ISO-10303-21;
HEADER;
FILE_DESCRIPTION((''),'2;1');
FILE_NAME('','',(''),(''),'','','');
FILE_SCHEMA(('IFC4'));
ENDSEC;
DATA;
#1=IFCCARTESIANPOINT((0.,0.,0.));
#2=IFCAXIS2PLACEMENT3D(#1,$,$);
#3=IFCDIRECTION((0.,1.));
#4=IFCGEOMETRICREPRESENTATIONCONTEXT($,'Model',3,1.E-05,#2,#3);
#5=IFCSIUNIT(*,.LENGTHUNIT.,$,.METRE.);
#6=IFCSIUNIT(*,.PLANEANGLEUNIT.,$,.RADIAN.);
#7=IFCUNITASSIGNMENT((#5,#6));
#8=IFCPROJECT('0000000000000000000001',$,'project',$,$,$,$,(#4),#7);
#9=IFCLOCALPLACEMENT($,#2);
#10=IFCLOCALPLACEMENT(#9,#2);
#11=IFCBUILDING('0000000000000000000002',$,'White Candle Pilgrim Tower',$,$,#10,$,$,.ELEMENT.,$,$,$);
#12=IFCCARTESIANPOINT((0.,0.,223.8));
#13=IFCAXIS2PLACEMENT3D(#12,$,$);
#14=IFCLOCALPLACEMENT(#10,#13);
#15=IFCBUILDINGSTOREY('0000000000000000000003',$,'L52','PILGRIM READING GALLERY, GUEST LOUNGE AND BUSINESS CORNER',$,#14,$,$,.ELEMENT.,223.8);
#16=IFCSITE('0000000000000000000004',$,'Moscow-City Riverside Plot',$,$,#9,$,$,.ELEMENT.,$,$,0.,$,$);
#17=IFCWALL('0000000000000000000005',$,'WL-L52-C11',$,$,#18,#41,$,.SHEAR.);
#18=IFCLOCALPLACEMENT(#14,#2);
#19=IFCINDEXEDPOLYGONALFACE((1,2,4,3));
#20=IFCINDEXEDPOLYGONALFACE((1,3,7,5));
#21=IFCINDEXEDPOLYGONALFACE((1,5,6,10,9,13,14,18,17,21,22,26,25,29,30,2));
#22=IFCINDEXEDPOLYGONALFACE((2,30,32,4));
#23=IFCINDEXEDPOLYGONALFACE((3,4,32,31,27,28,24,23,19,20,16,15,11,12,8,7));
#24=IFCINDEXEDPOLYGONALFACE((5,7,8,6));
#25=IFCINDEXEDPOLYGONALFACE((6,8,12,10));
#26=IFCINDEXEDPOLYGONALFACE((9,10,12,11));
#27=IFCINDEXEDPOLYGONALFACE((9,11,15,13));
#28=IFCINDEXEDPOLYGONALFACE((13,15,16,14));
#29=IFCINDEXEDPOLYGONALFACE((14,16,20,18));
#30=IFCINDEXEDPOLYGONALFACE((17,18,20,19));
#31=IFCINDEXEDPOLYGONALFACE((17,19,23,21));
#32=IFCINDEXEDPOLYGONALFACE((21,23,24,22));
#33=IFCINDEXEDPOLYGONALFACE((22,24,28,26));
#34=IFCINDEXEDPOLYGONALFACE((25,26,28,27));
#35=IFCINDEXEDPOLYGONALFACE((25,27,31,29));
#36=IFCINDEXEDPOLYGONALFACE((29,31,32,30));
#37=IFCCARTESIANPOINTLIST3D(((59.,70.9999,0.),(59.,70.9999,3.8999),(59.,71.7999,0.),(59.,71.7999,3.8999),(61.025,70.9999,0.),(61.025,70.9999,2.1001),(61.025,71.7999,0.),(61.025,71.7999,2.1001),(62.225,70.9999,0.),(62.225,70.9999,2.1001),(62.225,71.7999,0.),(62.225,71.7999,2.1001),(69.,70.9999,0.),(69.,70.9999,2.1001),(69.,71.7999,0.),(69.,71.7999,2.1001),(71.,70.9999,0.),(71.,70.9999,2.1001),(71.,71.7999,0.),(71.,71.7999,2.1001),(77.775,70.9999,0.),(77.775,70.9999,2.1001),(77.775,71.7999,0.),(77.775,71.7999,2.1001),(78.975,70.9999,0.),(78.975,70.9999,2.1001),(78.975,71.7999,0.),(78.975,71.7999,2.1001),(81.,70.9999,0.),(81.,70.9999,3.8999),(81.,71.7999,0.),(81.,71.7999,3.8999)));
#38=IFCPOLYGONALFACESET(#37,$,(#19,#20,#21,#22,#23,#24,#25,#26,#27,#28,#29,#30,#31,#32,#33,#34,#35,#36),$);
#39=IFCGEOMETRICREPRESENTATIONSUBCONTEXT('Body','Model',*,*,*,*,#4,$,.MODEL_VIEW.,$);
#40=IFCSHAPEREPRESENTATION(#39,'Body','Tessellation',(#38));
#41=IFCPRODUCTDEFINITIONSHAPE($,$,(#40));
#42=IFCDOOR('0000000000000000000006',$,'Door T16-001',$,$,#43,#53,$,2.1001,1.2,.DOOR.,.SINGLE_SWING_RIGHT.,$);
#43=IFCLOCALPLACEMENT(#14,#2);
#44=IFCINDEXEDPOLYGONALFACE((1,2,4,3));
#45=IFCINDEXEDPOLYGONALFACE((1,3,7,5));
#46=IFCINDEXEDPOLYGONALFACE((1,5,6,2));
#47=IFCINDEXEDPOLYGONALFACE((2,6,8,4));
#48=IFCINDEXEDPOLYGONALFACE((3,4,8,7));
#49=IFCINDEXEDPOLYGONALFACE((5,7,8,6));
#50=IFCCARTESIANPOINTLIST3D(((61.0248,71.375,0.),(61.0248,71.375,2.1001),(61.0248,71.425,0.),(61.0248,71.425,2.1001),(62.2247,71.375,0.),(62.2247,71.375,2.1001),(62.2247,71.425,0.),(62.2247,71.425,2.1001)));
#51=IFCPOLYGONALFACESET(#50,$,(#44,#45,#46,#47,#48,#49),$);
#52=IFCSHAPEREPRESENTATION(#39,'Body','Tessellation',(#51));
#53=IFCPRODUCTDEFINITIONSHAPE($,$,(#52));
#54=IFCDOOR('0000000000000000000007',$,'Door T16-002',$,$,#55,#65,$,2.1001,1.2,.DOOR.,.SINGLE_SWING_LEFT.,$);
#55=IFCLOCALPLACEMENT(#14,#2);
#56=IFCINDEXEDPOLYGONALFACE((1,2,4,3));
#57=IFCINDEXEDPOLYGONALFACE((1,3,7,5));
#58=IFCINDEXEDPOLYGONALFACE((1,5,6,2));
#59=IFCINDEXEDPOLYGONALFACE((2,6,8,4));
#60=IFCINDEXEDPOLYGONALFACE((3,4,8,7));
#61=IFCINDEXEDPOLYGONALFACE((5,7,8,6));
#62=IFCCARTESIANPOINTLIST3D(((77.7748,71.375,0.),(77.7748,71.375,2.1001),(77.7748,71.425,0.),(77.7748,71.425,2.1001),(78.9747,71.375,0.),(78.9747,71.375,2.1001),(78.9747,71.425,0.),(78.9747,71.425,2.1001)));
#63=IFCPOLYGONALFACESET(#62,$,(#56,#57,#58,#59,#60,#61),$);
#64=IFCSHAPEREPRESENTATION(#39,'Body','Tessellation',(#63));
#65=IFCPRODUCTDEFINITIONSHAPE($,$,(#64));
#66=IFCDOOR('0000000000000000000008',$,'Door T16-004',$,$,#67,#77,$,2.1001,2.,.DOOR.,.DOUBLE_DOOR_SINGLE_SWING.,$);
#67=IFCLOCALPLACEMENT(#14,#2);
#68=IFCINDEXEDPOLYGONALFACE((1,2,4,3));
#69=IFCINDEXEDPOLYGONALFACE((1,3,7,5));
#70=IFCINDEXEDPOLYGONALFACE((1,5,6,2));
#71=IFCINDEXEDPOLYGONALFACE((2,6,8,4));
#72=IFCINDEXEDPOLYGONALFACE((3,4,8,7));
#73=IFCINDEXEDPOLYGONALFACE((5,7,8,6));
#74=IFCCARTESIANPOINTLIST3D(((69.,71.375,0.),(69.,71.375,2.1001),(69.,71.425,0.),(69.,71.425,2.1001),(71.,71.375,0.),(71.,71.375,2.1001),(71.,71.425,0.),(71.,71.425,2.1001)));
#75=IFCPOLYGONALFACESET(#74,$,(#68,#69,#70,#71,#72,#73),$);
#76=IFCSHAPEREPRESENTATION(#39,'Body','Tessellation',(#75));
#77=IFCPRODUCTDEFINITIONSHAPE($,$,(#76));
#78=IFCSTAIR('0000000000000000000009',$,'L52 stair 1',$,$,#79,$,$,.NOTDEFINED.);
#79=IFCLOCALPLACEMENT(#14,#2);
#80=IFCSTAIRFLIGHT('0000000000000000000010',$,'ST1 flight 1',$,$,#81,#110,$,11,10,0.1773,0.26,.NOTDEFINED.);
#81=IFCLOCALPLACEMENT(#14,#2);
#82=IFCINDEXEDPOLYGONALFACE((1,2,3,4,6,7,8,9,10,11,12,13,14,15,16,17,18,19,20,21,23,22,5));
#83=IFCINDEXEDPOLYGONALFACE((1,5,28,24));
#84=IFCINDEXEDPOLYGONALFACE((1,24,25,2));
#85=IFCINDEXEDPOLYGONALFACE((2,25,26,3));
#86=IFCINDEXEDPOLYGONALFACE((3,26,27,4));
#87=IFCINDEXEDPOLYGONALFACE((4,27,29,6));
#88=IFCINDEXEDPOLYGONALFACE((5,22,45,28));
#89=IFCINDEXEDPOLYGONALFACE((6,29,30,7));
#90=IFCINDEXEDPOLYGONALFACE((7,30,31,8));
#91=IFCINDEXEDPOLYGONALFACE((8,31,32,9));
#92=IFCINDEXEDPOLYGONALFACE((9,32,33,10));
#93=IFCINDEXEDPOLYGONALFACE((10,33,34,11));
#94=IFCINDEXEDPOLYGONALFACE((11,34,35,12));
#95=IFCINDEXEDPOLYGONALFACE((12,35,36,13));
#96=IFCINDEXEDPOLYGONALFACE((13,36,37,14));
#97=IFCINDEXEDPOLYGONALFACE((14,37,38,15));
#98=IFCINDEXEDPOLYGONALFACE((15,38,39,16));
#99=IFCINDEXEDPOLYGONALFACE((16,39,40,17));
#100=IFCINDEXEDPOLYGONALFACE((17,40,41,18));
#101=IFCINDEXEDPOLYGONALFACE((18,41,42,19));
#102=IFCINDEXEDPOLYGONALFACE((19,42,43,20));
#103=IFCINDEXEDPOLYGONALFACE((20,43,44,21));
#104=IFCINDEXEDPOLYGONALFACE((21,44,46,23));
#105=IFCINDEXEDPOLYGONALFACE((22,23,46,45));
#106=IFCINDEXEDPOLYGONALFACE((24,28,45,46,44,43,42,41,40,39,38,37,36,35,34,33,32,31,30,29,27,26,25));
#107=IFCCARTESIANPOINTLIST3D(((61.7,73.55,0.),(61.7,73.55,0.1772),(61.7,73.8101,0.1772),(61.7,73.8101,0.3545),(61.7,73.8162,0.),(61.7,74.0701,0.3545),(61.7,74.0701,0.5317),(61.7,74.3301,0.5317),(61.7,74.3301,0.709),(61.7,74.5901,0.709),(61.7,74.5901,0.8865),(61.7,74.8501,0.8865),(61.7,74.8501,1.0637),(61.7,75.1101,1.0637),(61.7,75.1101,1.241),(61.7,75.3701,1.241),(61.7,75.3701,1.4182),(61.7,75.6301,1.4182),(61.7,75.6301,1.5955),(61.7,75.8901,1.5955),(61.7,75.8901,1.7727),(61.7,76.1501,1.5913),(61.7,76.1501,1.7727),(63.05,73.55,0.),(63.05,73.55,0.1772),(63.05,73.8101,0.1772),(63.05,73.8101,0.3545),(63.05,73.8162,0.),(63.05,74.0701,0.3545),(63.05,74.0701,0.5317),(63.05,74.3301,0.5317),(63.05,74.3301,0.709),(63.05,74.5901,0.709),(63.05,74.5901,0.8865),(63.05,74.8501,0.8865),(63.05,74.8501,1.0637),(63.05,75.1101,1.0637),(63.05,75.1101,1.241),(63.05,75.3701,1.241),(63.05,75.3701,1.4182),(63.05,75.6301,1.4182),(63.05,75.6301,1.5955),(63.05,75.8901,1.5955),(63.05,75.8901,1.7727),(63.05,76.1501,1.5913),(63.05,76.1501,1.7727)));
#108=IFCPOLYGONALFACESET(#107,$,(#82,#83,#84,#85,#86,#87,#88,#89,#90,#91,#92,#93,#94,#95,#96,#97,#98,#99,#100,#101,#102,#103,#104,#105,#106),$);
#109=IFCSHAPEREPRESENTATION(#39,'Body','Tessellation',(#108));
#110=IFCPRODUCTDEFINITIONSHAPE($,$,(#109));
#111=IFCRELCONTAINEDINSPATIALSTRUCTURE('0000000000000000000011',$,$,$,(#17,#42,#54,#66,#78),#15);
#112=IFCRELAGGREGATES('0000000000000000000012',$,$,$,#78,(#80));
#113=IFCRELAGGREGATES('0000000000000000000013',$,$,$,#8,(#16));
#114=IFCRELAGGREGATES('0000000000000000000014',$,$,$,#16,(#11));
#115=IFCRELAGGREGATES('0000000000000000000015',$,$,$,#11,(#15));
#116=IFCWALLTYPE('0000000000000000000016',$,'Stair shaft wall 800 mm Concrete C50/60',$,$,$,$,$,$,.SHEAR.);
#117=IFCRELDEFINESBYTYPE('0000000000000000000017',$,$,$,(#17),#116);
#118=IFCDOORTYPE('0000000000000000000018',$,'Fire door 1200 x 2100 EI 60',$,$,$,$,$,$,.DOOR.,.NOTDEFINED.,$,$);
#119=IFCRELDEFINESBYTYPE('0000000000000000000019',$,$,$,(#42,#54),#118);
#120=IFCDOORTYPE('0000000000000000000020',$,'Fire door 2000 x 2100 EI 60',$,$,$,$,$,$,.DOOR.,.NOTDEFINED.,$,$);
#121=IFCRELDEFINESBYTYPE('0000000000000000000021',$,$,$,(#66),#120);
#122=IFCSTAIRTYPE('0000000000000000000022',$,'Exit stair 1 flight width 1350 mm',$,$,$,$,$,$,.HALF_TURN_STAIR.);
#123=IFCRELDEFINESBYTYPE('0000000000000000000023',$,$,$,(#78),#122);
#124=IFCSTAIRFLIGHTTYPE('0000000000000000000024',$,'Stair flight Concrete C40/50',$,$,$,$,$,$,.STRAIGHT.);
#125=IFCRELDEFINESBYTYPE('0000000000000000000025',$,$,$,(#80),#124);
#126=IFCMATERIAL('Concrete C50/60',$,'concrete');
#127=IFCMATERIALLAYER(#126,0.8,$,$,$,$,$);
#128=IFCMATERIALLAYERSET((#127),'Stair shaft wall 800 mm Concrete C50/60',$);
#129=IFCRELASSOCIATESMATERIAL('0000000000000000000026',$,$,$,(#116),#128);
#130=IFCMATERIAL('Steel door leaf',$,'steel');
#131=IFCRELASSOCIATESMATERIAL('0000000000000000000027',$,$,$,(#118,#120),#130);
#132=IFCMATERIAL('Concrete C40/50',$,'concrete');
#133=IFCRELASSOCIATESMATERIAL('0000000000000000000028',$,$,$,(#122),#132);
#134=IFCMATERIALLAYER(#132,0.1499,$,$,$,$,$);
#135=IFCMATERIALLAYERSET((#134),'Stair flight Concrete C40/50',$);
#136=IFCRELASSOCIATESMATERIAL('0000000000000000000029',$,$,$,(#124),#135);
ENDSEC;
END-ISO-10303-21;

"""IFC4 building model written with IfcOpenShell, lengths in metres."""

from ifc_helpers import new_model, si_unit, direction, frame, frame_2d, origin, place, context, subcontext, project, spatial, polyline, rectangle, outline, extrude, material, layer, layer_set, type_object, element, fill, aggregate, save


model = new_model("IFC4")

# Units and contexts
model_context = context("Model", 3, precision=1e-05, world=origin(), true_north=direction((0.0, 1.0)))
body_context = subcontext(model_context, "Body", "Model", "MODEL_VIEW")
ifc_project = project(units=[si_unit("LENGTHUNIT", "METRE"), si_unit("PLANEANGLEUNIT", "RADIAN")], contexts=[model_context])

# Site, building, storey
site_placement = place(None, origin())
site = spatial("IfcSite", under=ifc_project, at=site_placement, Name="Moscow-City Riverside Plot", CompositionType="ELEMENT", RefElevation=0.0)
building_placement = place(site_placement, origin())
building = spatial("IfcBuilding", under=site, at=building_placement, Name="White Candle Pilgrim Tower", CompositionType="ELEMENT")
storey_placement = place(building_placement, frame((0.0, 0.0, 223.8)))
storey = spatial("IfcBuildingStorey", under=building, at=storey_placement, Name="L52", Description="PILGRIM READING GALLERY, GUEST LOUNGE AND BUSINESS CORNER", CompositionType="ELEMENT", Elevation=223.8)

# Shared definitions
ifc_material_1 = material(Name="Steel door leaf", Category="steel")

# Shared definitions
ifc_material_2 = material(Name="Concrete C50/60", Category="concrete")

# Wall, openings, doors
ifc_layer_1 = layer(ifc_material_2, 0.8)
ifc_layer_set_1 = layer_set([ifc_layer_1], Name="Stair shaft wall 800 mm Concrete C50/60")
wall_type_1 = type_object("IfcWallType", Name="Stair shaft wall 800 mm Concrete C50/60", PredefinedType="SHEAR", material=ifc_layer_set_1)
wall_1_placement = place(storey_placement, frame((59.0, 71.3999, 0.0), z_axis=(0.0, 0.0, 1.0), x_axis=(1.0, 0.0, 0.0)))
wall_1 = element("IfcWall", 1, at=wall_1_placement, inside=storey, type_object=wall_type_1, Name="WL-L52-C11", PredefinedType="SHEAR", context=body_context, shape_type="SweptSolid", body=[
    extrude(rectangle(XDim=22.0, YDim=0.8, at=frame_2d((11.0, 0.0))), origin(), (0.0, 0.0, 1.0), 3.8999),
])
opening_1_placement = place(wall_1_placement, frame((2.0249, 0.0, 0.0)))
opening_1 = element("IfcOpeningElement", 2, at=opening_1_placement, cuts=wall_1, PredefinedType="OPENING", context=body_context, shape_type="SweptSolid", body=[
    extrude(rectangle(XDim=1.2, YDim=2.1001, at=frame_2d((0.6001, 1.05))), frame((0.0, 0.4099, 0.0), z_axis=(0.0, -1.0, 0.0), x_axis=(1.0, 0.0, 0.0)), (0.0, 0.0, 1.0), 0.8201),
])
opening_2_placement = place(wall_1_placement, frame((18.7749, 0.0, 0.0)))
opening_2 = element("IfcOpeningElement", 3, at=opening_2_placement, cuts=wall_1, PredefinedType="OPENING", context=body_context, shape_type="SweptSolid", body=[
    extrude(rectangle(XDim=1.2, YDim=2.1001, at=frame_2d((0.6001, 1.05))), frame((0.0, 0.4099, 0.0), z_axis=(0.0, -1.0, 0.0), x_axis=(1.0, 0.0, 0.0)), (0.0, 0.0, 1.0), 0.8201),
])
opening_3_placement = place(wall_1_placement, frame((10.0, 0.0, 0.0)))
opening_3 = element("IfcOpeningElement", 4, at=opening_3_placement, cuts=wall_1, PredefinedType="OPENING", context=body_context, shape_type="SweptSolid", body=[
    extrude(rectangle(XDim=2.0, YDim=2.1001, at=frame_2d((1.0, 1.05))), frame((0.0, 0.4099, 0.0), z_axis=(0.0, -1.0, 0.0), x_axis=(1.0, 0.0, 0.0)), (0.0, 0.0, 1.0), 0.8201),
])
door_type_1 = type_object("IfcDoorType", Name="Fire door 1200 x 2100 EI 60", OperationType="NOTDEFINED", PredefinedType="DOOR", material=ifc_material_1)
door_1_placement = place(opening_1_placement, frame((1.2, 0.0, 0.0), z_axis=(0.0, 0.0, 1.0), x_axis=(-1.0, 0.0, 0.0)))
door_1 = element("IfcDoor", 5, at=door_1_placement, inside=storey, type_object=door_type_1, Name="Door T16-001", OperationType="SINGLE_SWING_RIGHT", OverallHeight=2.1001, OverallWidth=1.2, PredefinedType="DOOR", context=body_context, shape_type="SweptSolid", body=[
    extrude(rectangle(XDim=1.2, YDim=2.1001, at=frame_2d((0.6001, 1.05))), frame((0.0, 0.0249, 0.0), z_axis=(0.0, -1.0, 0.0), x_axis=(1.0, 0.0, 0.0)), (0.0, 0.0, 1.0), 0.05),
])
fill(opening_1, door_1)
door_2_placement = place(opening_2_placement, frame((1.2, 0.0, 0.0), z_axis=(0.0, 0.0, 1.0), x_axis=(-1.0, 0.0, 0.0)))
door_2 = element("IfcDoor", 6, at=door_2_placement, inside=storey, type_object=door_type_1, Name="Door T16-002", OperationType="SINGLE_SWING_LEFT", OverallHeight=2.1001, OverallWidth=1.2, PredefinedType="DOOR", context=body_context, shape_type="SweptSolid", body=[
    extrude(rectangle(XDim=1.2, YDim=2.1001, at=frame_2d((0.6001, 1.05))), frame((0.0, 0.0249, 0.0), z_axis=(0.0, -1.0, 0.0), x_axis=(1.0, 0.0, 0.0)), (0.0, 0.0, 1.0), 0.05),
])
fill(opening_2, door_2)
door_type_2 = type_object("IfcDoorType", Name="Fire door 2000 x 2100 EI 60", OperationType="NOTDEFINED", PredefinedType="DOOR", material=ifc_material_1)
door_3_placement = place(opening_3_placement, frame((2.0, 0.0, 0.0), z_axis=(0.0, 0.0, 1.0), x_axis=(-1.0, 0.0, 0.0)))
door_3 = element("IfcDoor", 7, at=door_3_placement, inside=storey, type_object=door_type_2, Name="Door T16-004", OperationType="DOUBLE_DOOR_SINGLE_SWING", OverallHeight=2.1001, OverallWidth=2.0, PredefinedType="DOOR", context=body_context, shape_type="SweptSolid", body=[
    extrude(rectangle(XDim=2.0, YDim=2.1001, at=frame_2d((1.0, 1.05))), frame((0.0, 0.0249, 0.0), z_axis=(0.0, -1.0, 0.0), x_axis=(1.0, 0.0, 0.0)), (0.0, 0.0, 1.0), 0.05),
])
fill(opening_3, door_3)

# Stair, stair flight
ifc_material_3 = material(Name="Concrete C40/50", Category="concrete")
stair_type = type_object("IfcStairType", Name="Exit stair 1 flight width 1350 mm", PredefinedType="HALF_TURN_STAIR", material=ifc_material_3)
stair_placement = place(storey_placement, origin())
stair = element("IfcStair", 8, at=stair_placement, inside=storey, type_object=stair_type, Name="L52 stair 1", PredefinedType="NOTDEFINED")
ifc_layer_2 = layer(ifc_material_3, 0.1499)
ifc_layer_set_2 = layer_set([ifc_layer_2], Name="Stair flight Concrete C40/50")
stair_flight_type = type_object("IfcStairFlightType", Name="Stair flight Concrete C40/50", PredefinedType="STRAIGHT", material=ifc_layer_set_2)
stair_flight_placement = place(storey_placement, frame((62.375, 73.55, 0.0), z_axis=(0.0, 0.0, 1.0), x_axis=(0.0, 1.0, 0.0)))
stair_flight = element("IfcStairFlight", 9, at=stair_flight_placement, type_object=stair_flight_type, Name="ST1 flight 1", NumberOfRisers=11, NumberOfTreads=10, PredefinedType="NOTDEFINED", RiserHeight=0.1773, TreadLength=0.26, context=body_context, shape_type="SweptSolid", body=[
    extrude(outline(polyline([(0.0, 0.0), (0.0, 0.1772), (0.26, 0.1772), (0.26, 0.3545), (0.52, 0.3545), (0.52, 0.5317), (0.78, 0.5317), (0.78, 0.709), (1.04, 0.709), (1.04, 0.8865), (1.3, 0.8865), (1.3, 1.0637), (1.5601, 1.0637), (1.5601, 1.241), (1.8201, 1.241), (1.8201, 1.4182), (2.0801, 1.4182), (2.0801, 1.5955), (2.3401, 1.5955), (2.3401, 1.7727), (2.6001, 1.7727), (2.6001, 1.95), (2.6001, 1.5913), (0.2661, 0.0), (0.0, 0.0)])), frame((0.0, 0.675, 0.0), z_axis=(0.0, -1.0, 0.0), x_axis=(1.0, 0.0, 0.0)), (0.0, 0.0, 1.0), 1.3501),
])
aggregate(stair, [stair_flight])

save(model, "model.ifc")
